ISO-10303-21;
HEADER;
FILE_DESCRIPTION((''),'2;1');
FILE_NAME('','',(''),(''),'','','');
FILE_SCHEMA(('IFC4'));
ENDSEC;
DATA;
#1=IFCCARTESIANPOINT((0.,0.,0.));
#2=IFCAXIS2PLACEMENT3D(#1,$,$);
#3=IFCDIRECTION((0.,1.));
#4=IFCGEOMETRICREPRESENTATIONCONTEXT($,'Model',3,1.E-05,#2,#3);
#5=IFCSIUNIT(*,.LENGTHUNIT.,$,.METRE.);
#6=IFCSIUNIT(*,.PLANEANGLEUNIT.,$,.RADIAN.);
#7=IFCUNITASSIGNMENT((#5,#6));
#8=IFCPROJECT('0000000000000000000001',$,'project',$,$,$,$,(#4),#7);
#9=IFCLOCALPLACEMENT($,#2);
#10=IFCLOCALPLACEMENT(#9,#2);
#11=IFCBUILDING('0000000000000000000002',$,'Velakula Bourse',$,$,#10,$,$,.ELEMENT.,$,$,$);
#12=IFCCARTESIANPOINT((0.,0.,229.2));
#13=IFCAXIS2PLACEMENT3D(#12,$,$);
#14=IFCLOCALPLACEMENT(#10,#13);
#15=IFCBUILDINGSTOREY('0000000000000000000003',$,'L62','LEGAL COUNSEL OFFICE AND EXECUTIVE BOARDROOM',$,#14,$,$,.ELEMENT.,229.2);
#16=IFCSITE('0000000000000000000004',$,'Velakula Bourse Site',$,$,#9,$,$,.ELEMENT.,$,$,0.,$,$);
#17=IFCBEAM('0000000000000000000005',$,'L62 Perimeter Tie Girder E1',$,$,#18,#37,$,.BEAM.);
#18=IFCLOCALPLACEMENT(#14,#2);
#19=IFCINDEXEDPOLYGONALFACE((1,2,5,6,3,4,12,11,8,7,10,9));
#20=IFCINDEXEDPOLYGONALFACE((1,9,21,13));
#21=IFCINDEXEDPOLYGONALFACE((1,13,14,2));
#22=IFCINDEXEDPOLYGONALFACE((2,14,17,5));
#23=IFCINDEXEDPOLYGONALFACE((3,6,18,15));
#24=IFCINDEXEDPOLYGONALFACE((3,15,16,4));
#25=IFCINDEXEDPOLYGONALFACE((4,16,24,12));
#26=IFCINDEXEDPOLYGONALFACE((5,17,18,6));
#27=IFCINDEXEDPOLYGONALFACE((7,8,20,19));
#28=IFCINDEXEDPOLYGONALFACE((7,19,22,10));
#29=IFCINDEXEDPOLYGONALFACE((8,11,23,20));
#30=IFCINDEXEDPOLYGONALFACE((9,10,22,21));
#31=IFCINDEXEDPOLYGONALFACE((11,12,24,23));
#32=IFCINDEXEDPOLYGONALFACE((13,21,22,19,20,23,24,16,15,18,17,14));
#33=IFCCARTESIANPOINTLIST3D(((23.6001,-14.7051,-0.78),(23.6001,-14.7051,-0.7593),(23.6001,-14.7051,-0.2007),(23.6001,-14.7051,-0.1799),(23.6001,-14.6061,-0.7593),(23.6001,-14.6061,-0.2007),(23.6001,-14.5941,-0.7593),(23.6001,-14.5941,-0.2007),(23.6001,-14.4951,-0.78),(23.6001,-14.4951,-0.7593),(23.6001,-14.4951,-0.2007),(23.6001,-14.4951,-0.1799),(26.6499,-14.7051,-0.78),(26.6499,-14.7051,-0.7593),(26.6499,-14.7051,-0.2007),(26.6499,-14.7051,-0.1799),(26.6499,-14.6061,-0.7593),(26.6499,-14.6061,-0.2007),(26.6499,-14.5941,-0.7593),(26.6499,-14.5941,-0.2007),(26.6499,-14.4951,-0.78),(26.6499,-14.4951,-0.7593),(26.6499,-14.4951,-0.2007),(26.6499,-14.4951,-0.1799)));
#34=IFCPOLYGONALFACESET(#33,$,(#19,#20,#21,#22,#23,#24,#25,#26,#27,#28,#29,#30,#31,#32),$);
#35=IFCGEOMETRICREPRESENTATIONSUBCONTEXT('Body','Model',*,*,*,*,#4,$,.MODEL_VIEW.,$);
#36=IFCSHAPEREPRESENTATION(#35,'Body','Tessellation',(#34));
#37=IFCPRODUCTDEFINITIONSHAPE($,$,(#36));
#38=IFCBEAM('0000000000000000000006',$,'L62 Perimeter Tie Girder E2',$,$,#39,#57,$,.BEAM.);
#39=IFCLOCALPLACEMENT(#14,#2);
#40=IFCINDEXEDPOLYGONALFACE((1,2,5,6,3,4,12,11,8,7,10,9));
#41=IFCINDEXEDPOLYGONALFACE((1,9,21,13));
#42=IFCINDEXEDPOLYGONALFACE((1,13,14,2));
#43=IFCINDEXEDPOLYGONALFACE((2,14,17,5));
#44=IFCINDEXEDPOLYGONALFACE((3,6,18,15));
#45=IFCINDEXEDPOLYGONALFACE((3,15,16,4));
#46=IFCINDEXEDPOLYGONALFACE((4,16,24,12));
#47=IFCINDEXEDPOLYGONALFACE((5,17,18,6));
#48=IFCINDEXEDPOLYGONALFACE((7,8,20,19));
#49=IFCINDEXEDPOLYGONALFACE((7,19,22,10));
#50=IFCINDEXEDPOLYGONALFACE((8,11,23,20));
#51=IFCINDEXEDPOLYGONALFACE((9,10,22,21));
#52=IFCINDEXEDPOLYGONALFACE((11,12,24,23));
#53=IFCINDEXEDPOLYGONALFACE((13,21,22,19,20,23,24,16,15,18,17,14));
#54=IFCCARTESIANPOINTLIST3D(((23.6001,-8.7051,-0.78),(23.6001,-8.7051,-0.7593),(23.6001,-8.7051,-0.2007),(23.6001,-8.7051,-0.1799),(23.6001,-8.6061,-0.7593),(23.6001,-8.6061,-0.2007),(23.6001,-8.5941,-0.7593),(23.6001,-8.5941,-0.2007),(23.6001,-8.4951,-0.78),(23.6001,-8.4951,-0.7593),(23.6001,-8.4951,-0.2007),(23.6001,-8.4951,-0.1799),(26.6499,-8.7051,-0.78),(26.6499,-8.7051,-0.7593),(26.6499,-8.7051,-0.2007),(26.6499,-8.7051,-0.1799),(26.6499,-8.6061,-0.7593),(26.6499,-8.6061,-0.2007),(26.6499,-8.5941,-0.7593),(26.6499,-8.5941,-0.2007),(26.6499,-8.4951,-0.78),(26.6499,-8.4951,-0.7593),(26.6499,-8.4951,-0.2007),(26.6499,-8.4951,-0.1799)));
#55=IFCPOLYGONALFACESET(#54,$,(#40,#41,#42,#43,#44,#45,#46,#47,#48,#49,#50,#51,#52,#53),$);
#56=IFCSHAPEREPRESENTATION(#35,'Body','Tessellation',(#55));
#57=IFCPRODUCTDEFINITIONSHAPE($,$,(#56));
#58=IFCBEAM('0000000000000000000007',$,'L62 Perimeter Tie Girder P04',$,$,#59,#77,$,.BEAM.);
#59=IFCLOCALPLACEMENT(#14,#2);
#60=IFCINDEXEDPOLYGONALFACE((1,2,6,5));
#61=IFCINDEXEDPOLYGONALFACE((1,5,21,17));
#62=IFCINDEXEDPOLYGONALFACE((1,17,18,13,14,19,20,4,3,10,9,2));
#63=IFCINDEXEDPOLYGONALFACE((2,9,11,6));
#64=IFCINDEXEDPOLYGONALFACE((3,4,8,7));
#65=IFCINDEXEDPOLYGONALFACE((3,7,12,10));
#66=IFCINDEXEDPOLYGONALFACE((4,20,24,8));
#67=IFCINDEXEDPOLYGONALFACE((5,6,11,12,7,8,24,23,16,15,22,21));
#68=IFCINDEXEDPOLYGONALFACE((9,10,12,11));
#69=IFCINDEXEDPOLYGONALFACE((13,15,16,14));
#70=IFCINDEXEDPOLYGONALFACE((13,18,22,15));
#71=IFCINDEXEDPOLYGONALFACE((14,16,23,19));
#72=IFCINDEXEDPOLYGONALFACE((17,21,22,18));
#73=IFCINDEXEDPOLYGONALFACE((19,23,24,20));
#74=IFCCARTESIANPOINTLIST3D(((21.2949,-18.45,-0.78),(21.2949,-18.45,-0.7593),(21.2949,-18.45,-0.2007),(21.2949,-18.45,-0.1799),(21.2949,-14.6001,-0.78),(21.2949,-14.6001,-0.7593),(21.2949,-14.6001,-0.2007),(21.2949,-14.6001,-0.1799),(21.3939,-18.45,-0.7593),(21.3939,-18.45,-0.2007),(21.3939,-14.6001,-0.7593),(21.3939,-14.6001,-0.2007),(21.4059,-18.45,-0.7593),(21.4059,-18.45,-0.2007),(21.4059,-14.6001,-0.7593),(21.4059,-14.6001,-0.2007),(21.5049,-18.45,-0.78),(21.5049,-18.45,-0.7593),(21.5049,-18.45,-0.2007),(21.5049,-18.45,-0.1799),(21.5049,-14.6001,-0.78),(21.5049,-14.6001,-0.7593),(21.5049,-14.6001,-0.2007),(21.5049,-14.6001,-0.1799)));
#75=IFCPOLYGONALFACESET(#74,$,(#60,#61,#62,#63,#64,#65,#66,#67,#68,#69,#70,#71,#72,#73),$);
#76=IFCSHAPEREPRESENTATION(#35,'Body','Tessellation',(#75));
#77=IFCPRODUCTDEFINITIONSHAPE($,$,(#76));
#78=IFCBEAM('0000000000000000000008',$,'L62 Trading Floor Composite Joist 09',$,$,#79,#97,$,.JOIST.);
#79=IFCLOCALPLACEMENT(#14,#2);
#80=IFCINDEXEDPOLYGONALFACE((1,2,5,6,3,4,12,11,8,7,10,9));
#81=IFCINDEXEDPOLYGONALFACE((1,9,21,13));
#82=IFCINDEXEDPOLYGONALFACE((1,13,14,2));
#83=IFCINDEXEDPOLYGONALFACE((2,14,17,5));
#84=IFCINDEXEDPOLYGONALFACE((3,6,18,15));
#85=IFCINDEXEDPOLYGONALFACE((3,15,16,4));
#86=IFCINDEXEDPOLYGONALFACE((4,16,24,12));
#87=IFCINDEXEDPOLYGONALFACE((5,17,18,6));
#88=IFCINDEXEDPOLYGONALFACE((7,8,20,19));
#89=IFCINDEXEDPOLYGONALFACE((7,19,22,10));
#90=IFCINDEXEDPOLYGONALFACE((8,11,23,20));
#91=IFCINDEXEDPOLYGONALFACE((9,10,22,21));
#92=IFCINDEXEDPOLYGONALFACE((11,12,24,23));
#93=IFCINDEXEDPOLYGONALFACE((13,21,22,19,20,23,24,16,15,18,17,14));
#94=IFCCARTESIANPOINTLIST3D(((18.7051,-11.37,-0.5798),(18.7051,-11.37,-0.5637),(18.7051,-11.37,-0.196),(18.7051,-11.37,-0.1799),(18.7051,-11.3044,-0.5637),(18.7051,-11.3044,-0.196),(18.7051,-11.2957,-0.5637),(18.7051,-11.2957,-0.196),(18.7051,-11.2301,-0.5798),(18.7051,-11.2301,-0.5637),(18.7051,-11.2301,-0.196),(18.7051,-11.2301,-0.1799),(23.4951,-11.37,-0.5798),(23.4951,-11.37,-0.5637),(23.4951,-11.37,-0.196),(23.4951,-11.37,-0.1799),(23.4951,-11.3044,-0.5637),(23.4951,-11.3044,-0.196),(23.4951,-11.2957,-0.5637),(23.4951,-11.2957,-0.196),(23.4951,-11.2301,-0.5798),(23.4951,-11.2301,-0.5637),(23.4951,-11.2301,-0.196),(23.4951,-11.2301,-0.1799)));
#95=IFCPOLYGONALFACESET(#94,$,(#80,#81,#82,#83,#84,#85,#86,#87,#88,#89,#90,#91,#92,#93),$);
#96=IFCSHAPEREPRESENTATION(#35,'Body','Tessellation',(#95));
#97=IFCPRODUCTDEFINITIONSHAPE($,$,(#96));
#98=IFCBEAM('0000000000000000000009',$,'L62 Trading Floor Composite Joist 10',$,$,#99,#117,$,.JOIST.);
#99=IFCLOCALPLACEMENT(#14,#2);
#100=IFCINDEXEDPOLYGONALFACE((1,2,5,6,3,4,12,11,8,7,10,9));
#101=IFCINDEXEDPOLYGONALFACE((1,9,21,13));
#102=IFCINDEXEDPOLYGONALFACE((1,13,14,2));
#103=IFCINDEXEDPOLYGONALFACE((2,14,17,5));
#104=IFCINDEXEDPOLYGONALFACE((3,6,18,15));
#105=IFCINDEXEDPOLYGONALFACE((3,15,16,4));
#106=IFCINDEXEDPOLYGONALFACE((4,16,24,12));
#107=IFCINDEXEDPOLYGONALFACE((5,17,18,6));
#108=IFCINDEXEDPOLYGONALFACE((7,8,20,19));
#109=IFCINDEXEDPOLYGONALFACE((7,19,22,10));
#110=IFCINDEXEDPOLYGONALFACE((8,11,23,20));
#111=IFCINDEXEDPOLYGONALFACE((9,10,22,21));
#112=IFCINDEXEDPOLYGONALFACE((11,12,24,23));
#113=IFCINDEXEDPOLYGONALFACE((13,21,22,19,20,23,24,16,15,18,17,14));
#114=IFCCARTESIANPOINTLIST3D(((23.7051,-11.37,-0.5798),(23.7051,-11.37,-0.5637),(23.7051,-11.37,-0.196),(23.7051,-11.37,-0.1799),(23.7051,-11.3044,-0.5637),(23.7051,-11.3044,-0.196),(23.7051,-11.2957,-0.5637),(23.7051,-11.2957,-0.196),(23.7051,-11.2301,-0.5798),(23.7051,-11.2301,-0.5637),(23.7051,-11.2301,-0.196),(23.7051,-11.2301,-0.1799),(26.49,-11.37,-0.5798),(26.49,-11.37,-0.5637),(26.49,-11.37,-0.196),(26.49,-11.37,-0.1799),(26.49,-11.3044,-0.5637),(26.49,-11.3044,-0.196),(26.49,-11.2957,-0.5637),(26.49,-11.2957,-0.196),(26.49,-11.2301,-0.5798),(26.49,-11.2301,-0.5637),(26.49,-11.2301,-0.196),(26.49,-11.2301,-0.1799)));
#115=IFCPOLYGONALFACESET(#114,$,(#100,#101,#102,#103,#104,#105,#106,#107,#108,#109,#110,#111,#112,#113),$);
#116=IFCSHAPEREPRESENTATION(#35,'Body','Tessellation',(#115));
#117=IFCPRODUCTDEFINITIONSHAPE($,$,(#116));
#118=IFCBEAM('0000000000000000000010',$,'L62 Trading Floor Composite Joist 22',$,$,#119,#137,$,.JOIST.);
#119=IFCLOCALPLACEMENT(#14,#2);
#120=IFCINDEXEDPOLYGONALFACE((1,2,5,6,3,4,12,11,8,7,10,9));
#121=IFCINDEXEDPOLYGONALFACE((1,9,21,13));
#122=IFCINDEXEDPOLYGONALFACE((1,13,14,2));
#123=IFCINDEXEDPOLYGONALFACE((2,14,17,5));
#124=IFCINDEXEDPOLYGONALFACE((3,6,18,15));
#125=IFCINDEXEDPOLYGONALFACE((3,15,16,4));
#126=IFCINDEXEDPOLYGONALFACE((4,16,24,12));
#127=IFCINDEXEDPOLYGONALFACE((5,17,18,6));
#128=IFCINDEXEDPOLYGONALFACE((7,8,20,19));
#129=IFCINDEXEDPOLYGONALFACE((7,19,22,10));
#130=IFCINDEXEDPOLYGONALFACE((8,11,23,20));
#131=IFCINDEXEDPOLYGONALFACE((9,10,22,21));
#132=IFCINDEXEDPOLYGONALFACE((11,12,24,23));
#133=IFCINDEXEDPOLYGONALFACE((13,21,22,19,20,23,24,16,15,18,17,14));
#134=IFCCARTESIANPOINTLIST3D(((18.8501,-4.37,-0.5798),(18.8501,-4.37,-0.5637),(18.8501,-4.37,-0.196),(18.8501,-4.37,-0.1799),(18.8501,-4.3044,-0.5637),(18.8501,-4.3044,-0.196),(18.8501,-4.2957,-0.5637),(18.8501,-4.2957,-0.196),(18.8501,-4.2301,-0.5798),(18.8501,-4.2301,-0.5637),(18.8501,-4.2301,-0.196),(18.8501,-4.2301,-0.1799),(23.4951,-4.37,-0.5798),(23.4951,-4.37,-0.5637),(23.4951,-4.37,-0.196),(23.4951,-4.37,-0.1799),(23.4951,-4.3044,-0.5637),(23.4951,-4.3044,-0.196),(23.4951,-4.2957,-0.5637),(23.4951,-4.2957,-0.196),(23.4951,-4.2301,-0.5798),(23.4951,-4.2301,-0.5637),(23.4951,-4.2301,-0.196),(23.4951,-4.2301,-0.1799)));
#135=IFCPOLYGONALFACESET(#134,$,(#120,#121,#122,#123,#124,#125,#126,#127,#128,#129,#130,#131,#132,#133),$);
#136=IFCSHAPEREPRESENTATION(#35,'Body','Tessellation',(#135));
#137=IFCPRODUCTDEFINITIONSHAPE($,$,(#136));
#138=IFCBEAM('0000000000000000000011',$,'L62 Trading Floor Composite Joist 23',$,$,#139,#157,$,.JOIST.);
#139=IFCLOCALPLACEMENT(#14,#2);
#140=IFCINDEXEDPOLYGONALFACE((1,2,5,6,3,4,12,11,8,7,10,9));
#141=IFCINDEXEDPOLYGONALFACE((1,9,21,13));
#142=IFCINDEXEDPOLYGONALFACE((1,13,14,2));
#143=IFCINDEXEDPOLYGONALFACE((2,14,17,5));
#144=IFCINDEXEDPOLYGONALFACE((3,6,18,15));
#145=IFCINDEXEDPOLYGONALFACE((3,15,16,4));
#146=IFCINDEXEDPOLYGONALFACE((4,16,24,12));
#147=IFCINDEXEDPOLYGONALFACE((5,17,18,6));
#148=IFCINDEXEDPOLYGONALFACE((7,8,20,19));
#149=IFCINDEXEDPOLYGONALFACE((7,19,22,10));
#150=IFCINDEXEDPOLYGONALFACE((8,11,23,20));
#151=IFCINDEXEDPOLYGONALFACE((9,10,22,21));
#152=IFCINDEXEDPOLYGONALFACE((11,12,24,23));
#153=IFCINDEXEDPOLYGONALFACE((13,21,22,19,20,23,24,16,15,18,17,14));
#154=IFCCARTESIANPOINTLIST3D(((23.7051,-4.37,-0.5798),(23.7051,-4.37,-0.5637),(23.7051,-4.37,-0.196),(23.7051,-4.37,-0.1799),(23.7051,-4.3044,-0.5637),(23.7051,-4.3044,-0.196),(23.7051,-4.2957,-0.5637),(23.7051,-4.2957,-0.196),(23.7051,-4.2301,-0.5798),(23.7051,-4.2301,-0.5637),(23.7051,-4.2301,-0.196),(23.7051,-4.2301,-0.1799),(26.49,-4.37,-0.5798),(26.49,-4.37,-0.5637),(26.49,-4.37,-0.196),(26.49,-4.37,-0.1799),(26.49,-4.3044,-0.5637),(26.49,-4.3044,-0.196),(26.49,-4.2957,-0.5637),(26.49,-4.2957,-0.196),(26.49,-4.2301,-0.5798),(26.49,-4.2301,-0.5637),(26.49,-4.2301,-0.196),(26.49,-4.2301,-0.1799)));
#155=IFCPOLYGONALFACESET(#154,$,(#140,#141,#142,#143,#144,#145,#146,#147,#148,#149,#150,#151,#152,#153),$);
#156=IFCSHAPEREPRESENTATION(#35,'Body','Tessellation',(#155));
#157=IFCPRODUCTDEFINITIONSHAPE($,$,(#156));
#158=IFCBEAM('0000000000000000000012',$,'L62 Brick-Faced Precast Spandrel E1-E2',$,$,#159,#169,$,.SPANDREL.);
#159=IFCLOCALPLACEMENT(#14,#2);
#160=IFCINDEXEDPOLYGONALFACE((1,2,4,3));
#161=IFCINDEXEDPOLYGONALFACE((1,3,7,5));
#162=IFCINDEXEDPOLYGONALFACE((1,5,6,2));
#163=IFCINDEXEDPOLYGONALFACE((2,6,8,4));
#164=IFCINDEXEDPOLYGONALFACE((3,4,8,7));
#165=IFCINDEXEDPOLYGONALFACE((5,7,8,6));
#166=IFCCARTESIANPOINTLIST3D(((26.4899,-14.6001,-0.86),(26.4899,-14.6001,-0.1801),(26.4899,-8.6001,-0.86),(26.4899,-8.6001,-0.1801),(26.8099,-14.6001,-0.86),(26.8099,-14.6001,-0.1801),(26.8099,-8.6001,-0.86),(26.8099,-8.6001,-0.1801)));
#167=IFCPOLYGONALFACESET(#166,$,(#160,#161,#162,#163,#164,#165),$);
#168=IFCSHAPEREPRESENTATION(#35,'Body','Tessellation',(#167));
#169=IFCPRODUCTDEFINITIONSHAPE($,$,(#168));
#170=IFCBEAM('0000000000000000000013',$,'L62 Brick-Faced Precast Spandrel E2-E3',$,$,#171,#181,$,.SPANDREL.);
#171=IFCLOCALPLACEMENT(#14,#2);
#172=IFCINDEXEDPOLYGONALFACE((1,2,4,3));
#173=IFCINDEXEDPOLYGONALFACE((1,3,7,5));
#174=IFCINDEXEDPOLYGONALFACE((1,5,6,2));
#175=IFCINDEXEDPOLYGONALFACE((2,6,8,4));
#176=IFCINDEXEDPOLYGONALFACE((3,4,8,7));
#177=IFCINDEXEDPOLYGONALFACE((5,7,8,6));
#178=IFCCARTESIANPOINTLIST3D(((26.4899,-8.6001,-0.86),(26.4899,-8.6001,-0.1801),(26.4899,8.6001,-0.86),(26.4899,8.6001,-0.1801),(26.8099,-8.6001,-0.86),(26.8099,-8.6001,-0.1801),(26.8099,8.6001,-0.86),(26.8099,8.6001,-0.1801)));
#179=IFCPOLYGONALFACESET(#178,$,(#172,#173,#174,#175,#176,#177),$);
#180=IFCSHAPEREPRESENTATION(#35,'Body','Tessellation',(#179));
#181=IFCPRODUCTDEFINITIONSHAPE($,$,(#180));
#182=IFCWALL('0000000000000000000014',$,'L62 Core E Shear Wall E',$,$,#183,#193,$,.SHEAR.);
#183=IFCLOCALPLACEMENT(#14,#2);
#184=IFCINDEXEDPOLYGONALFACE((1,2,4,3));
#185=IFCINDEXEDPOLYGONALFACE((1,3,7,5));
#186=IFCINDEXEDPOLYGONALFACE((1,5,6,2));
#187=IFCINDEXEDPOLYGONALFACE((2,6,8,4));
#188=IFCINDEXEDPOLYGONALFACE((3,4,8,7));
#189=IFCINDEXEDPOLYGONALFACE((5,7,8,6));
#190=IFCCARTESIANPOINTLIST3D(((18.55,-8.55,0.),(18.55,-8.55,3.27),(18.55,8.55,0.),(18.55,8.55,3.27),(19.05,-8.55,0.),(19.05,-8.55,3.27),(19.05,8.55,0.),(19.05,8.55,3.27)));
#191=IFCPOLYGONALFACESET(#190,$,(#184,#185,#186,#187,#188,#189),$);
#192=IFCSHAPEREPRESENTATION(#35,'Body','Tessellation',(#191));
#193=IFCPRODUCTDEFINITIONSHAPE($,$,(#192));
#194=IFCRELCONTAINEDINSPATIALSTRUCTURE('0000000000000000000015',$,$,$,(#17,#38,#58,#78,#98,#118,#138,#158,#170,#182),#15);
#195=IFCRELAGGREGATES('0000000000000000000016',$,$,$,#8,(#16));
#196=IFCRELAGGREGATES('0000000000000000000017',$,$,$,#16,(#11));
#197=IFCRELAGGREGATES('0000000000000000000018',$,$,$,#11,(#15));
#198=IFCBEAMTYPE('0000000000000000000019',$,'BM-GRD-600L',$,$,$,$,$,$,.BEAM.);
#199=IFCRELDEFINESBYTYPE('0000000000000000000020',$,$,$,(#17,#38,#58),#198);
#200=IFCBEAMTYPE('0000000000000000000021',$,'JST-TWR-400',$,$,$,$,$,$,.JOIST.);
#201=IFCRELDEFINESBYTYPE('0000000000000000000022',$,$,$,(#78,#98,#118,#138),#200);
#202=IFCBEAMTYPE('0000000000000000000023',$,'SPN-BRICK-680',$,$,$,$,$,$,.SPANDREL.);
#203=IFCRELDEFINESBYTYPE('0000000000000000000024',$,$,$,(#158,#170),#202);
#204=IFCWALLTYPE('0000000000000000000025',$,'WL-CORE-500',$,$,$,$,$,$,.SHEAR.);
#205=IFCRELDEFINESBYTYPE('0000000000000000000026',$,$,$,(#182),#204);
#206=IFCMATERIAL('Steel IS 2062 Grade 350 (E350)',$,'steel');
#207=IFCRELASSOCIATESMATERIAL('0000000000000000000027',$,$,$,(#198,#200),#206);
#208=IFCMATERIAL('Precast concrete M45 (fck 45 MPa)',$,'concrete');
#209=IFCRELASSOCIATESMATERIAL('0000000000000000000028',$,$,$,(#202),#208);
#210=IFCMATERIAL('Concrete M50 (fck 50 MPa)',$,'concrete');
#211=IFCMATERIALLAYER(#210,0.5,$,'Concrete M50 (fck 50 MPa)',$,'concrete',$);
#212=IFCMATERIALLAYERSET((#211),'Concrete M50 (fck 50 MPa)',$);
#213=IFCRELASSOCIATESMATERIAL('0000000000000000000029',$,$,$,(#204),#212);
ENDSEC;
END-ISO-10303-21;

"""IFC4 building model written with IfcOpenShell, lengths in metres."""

from ifc_helpers import new_model, si_unit, direction, frame, frame_2d, origin, origin_2d, place, context, subcontext, project, spatial, rectangle, i_section, extrude, material, layer, layer_set, material_profile, profile_set, type_object, element, save


model = new_model("IFC4")

# Units and contexts
model_context = context("Model", 3, precision=1e-05, world=origin(), true_north=direction((0.0, 1.0)))
body_context = subcontext(model_context, "Body", "Model", "MODEL_VIEW")
ifc_project = project(units=[si_unit("LENGTHUNIT", "METRE"), si_unit("PLANEANGLEUNIT", "RADIAN")], contexts=[model_context])

# Site, building, storey
site_placement = place(None, origin())
site = spatial("IfcSite", under=ifc_project, at=site_placement, Name="Velakula Bourse Site", CompositionType="ELEMENT", RefElevation=0.0)
building_placement = place(site_placement, origin())
building = spatial("IfcBuilding", under=site, at=building_placement, Name="Velakula Bourse", CompositionType="ELEMENT")
storey_placement = place(building_placement, frame((0.0, 0.0, 229.2)))
storey = spatial("IfcBuildingStorey", under=building, at=storey_placement, Name="L62", Description="LEGAL COUNSEL OFFICE AND EXECUTIVE BOARDROOM", CompositionType="ELEMENT", Elevation=229.2)

# Shared definitions
ifc_material_1 = material(Name="Concrete M50 (fck 50 MPa)", Category="concrete")
ifc_material_2 = material(Name="Steel IS 2062 Grade 350 (E350)", Category="steel")

# Beams
ifc_material_profile_1 = material_profile(ifc_material_2, i_section(OverallWidth=0.21, OverallDepth=0.6001, WebThickness=0.012, FlangeThickness=0.0208, at=origin_2d()), Name="Steel IS 2062 Grade 350 (E350)")
ifc_profile_set_1 = profile_set([ifc_material_profile_1], Name="Steel IS 2062 Grade 350 (E350)")
beam_type_1 = type_object("IfcBeamType", Name="BM-GRD-600L", PredefinedType="BEAM", material=ifc_profile_set_1)
for number, where, z_axis, x_axis, name in (
    (1, (23.6001, -14.6001, -0.48), (1.0, 0.0, 0.0), (0.0, 1.0, 0.0), "L62 Perimeter Tie Girder E1"),
    (2, (23.6001, -8.6001, -0.48), (1.0, 0.0, 0.0), (0.0, 1.0, 0.0), "L62 Perimeter Tie Girder E2"),
):
    element("IfcBeam", number, at=place(storey_placement, frame(where, z_axis=z_axis, x_axis=x_axis)), inside=storey, type_object=beam_type_1, Name=name, PredefinedType="BEAM", context=body_context, shape_type="SweptSolid", body=[
        extrude(i_section(OverallWidth=0.21, OverallDepth=0.6001, WebThickness=0.012, FlangeThickness=0.0208, at=origin_2d()), origin(), (0.0, 0.0, 1.0), 3.0498),
    ])
beam_1_placement = place(storey_placement, frame((21.3999, -14.6001, -0.48), z_axis=(0.0, -1.0, 0.0), x_axis=(1.0, 0.0, 0.0)))
element("IfcBeam", 3, at=beam_1_placement, inside=storey, type_object=beam_type_1, Name="L62 Perimeter Tie Girder P04", PredefinedType="BEAM", context=body_context, shape_type="SweptSolid", body=[
    extrude(i_section(OverallWidth=0.21, OverallDepth=0.6001, WebThickness=0.012, FlangeThickness=0.0208, at=origin_2d()), origin(), (0.0, 0.0, 1.0), 3.8499),
])
ifc_material_profile_2 = material_profile(ifc_material_2, i_section(OverallWidth=0.1399, OverallDepth=0.3999, WebThickness=0.0088, FlangeThickness=0.0161, at=origin_2d()), Name="Steel IS 2062 Grade 350 (E350)")
ifc_profile_set_2 = profile_set([ifc_material_profile_2], Name="Steel IS 2062 Grade 350 (E350)")
beam_type_2 = type_object("IfcBeamType", Name="JST-TWR-400", PredefinedType="JOIST", material=ifc_profile_set_2)
beam_2_placement = place(storey_placement, frame((18.7051, -11.3, -0.3799), z_axis=(1.0, 0.0, 0.0), x_axis=(0.0, 1.0, 0.0)))
element("IfcBeam", 4, at=beam_2_placement, inside=storey, type_object=beam_type_2, Name="L62 Trading Floor Composite Joist 09", PredefinedType="JOIST", context=body_context, shape_type="SweptSolid", body=[
    extrude(i_section(OverallWidth=0.1399, OverallDepth=0.3999, WebThickness=0.0088, FlangeThickness=0.0161, at=origin_2d()), origin(), (0.0, 0.0, 1.0), 4.79),
])
beam_3_placement = place(storey_placement, frame((23.7051, -11.3, -0.3799), z_axis=(1.0, 0.0, 0.0), x_axis=(0.0, 1.0, 0.0)))
element("IfcBeam", 5, at=beam_3_placement, inside=storey, type_object=beam_type_2, Name="L62 Trading Floor Composite Joist 10", PredefinedType="JOIST", context=body_context, shape_type="SweptSolid", body=[
    extrude(i_section(OverallWidth=0.1399, OverallDepth=0.3999, WebThickness=0.0088, FlangeThickness=0.0161, at=origin_2d()), origin(), (0.0, 0.0, 1.0), 2.7849),
])
beam_4_placement = place(storey_placement, frame((18.8501, -4.3, -0.3799), z_axis=(1.0, 0.0, 0.0), x_axis=(0.0, 1.0, 0.0)))
element("IfcBeam", 6, at=beam_4_placement, inside=storey, type_object=beam_type_2, Name="L62 Trading Floor Composite Joist 22", PredefinedType="JOIST", context=body_context, shape_type="SweptSolid", body=[
    extrude(i_section(OverallWidth=0.1399, OverallDepth=0.3999, WebThickness=0.0088, FlangeThickness=0.0161, at=origin_2d()), origin(), (0.0, 0.0, 1.0), 4.645),
])
beam_5_placement = place(storey_placement, frame((23.7051, -4.3, -0.3799), z_axis=(1.0, 0.0, 0.0), x_axis=(0.0, 1.0, 0.0)))
element("IfcBeam", 7, at=beam_5_placement, inside=storey, type_object=beam_type_2, Name="L62 Trading Floor Composite Joist 23", PredefinedType="JOIST", context=body_context, shape_type="SweptSolid", body=[
    extrude(i_section(OverallWidth=0.1399, OverallDepth=0.3999, WebThickness=0.0088, FlangeThickness=0.0161, at=origin_2d()), origin(), (0.0, 0.0, 1.0), 2.7849),
])
ifc_material_3 = material(Name="Precast concrete M45 (fck 45 MPa)", Category="concrete")
ifc_material_profile_3 = material_profile(ifc_material_3, rectangle(XDim=0.3201, YDim=0.6799, at=origin_2d()), Name="Precast concrete M45 (fck 45 MPa)")
ifc_profile_set_3 = profile_set([ifc_material_profile_3], Name="Precast concrete M45 (fck 45 MPa)")
beam_type_3 = type_object("IfcBeamType", Name="SPN-BRICK-680", PredefinedType="SPANDREL", material=ifc_profile_set_3)
beam_6_placement = place(storey_placement, frame((26.6499, -14.6001, -0.52), z_axis=(0.0, 1.0, 0.0), x_axis=(-1.0, 0.0, 0.0)))
element("IfcBeam", 8, at=beam_6_placement, inside=storey, type_object=beam_type_3, Name="L62 Brick-Faced Precast Spandrel E1-E2", PredefinedType="SPANDREL", context=body_context, shape_type="SweptSolid", body=[
    extrude(rectangle(XDim=0.3201, YDim=0.6799, at=origin_2d()), origin(), (0.0, 0.0, 1.0), 6.0),
])
beam_7_placement = place(storey_placement, frame((26.6499, -8.6001, -0.52), z_axis=(0.0, 1.0, 0.0), x_axis=(-1.0, 0.0, 0.0)))
element("IfcBeam", 9, at=beam_7_placement, inside=storey, type_object=beam_type_3, Name="L62 Brick-Faced Precast Spandrel E2-E3", PredefinedType="SPANDREL", context=body_context, shape_type="SweptSolid", body=[
    extrude(rectangle(XDim=0.3201, YDim=0.6799, at=origin_2d()), origin(), (0.0, 0.0, 1.0), 17.2002),
])

# Wall
ifc_layer_1 = layer(ifc_material_1, 0.5, Name="Concrete M50 (fck 50 MPa)", Category="concrete")
ifc_layer_set_1 = layer_set([ifc_layer_1], Name="Concrete M50 (fck 50 MPa)")
wall_type_1 = type_object("IfcWallType", Name="WL-CORE-500", PredefinedType="SHEAR", material=ifc_layer_set_1)
wall_1_placement = place(storey_placement, frame((18.8, -8.55, 0.0), z_axis=(0.0, 0.0, 1.0), x_axis=(0.0, 1.0, 0.0)))
element("IfcWall", 10, at=wall_1_placement, inside=storey, type_object=wall_type_1, Name="L62 Core E Shear Wall E", PredefinedType="SHEAR", context=body_context, shape_type="SweptSolid", body=[
    extrude(rectangle(XDim=17.1001, YDim=0.5, at=frame_2d((8.55, 0.0))), origin(), (0.0, 0.0, 1.0), 3.27),
])

save(model, "model.ifc")
